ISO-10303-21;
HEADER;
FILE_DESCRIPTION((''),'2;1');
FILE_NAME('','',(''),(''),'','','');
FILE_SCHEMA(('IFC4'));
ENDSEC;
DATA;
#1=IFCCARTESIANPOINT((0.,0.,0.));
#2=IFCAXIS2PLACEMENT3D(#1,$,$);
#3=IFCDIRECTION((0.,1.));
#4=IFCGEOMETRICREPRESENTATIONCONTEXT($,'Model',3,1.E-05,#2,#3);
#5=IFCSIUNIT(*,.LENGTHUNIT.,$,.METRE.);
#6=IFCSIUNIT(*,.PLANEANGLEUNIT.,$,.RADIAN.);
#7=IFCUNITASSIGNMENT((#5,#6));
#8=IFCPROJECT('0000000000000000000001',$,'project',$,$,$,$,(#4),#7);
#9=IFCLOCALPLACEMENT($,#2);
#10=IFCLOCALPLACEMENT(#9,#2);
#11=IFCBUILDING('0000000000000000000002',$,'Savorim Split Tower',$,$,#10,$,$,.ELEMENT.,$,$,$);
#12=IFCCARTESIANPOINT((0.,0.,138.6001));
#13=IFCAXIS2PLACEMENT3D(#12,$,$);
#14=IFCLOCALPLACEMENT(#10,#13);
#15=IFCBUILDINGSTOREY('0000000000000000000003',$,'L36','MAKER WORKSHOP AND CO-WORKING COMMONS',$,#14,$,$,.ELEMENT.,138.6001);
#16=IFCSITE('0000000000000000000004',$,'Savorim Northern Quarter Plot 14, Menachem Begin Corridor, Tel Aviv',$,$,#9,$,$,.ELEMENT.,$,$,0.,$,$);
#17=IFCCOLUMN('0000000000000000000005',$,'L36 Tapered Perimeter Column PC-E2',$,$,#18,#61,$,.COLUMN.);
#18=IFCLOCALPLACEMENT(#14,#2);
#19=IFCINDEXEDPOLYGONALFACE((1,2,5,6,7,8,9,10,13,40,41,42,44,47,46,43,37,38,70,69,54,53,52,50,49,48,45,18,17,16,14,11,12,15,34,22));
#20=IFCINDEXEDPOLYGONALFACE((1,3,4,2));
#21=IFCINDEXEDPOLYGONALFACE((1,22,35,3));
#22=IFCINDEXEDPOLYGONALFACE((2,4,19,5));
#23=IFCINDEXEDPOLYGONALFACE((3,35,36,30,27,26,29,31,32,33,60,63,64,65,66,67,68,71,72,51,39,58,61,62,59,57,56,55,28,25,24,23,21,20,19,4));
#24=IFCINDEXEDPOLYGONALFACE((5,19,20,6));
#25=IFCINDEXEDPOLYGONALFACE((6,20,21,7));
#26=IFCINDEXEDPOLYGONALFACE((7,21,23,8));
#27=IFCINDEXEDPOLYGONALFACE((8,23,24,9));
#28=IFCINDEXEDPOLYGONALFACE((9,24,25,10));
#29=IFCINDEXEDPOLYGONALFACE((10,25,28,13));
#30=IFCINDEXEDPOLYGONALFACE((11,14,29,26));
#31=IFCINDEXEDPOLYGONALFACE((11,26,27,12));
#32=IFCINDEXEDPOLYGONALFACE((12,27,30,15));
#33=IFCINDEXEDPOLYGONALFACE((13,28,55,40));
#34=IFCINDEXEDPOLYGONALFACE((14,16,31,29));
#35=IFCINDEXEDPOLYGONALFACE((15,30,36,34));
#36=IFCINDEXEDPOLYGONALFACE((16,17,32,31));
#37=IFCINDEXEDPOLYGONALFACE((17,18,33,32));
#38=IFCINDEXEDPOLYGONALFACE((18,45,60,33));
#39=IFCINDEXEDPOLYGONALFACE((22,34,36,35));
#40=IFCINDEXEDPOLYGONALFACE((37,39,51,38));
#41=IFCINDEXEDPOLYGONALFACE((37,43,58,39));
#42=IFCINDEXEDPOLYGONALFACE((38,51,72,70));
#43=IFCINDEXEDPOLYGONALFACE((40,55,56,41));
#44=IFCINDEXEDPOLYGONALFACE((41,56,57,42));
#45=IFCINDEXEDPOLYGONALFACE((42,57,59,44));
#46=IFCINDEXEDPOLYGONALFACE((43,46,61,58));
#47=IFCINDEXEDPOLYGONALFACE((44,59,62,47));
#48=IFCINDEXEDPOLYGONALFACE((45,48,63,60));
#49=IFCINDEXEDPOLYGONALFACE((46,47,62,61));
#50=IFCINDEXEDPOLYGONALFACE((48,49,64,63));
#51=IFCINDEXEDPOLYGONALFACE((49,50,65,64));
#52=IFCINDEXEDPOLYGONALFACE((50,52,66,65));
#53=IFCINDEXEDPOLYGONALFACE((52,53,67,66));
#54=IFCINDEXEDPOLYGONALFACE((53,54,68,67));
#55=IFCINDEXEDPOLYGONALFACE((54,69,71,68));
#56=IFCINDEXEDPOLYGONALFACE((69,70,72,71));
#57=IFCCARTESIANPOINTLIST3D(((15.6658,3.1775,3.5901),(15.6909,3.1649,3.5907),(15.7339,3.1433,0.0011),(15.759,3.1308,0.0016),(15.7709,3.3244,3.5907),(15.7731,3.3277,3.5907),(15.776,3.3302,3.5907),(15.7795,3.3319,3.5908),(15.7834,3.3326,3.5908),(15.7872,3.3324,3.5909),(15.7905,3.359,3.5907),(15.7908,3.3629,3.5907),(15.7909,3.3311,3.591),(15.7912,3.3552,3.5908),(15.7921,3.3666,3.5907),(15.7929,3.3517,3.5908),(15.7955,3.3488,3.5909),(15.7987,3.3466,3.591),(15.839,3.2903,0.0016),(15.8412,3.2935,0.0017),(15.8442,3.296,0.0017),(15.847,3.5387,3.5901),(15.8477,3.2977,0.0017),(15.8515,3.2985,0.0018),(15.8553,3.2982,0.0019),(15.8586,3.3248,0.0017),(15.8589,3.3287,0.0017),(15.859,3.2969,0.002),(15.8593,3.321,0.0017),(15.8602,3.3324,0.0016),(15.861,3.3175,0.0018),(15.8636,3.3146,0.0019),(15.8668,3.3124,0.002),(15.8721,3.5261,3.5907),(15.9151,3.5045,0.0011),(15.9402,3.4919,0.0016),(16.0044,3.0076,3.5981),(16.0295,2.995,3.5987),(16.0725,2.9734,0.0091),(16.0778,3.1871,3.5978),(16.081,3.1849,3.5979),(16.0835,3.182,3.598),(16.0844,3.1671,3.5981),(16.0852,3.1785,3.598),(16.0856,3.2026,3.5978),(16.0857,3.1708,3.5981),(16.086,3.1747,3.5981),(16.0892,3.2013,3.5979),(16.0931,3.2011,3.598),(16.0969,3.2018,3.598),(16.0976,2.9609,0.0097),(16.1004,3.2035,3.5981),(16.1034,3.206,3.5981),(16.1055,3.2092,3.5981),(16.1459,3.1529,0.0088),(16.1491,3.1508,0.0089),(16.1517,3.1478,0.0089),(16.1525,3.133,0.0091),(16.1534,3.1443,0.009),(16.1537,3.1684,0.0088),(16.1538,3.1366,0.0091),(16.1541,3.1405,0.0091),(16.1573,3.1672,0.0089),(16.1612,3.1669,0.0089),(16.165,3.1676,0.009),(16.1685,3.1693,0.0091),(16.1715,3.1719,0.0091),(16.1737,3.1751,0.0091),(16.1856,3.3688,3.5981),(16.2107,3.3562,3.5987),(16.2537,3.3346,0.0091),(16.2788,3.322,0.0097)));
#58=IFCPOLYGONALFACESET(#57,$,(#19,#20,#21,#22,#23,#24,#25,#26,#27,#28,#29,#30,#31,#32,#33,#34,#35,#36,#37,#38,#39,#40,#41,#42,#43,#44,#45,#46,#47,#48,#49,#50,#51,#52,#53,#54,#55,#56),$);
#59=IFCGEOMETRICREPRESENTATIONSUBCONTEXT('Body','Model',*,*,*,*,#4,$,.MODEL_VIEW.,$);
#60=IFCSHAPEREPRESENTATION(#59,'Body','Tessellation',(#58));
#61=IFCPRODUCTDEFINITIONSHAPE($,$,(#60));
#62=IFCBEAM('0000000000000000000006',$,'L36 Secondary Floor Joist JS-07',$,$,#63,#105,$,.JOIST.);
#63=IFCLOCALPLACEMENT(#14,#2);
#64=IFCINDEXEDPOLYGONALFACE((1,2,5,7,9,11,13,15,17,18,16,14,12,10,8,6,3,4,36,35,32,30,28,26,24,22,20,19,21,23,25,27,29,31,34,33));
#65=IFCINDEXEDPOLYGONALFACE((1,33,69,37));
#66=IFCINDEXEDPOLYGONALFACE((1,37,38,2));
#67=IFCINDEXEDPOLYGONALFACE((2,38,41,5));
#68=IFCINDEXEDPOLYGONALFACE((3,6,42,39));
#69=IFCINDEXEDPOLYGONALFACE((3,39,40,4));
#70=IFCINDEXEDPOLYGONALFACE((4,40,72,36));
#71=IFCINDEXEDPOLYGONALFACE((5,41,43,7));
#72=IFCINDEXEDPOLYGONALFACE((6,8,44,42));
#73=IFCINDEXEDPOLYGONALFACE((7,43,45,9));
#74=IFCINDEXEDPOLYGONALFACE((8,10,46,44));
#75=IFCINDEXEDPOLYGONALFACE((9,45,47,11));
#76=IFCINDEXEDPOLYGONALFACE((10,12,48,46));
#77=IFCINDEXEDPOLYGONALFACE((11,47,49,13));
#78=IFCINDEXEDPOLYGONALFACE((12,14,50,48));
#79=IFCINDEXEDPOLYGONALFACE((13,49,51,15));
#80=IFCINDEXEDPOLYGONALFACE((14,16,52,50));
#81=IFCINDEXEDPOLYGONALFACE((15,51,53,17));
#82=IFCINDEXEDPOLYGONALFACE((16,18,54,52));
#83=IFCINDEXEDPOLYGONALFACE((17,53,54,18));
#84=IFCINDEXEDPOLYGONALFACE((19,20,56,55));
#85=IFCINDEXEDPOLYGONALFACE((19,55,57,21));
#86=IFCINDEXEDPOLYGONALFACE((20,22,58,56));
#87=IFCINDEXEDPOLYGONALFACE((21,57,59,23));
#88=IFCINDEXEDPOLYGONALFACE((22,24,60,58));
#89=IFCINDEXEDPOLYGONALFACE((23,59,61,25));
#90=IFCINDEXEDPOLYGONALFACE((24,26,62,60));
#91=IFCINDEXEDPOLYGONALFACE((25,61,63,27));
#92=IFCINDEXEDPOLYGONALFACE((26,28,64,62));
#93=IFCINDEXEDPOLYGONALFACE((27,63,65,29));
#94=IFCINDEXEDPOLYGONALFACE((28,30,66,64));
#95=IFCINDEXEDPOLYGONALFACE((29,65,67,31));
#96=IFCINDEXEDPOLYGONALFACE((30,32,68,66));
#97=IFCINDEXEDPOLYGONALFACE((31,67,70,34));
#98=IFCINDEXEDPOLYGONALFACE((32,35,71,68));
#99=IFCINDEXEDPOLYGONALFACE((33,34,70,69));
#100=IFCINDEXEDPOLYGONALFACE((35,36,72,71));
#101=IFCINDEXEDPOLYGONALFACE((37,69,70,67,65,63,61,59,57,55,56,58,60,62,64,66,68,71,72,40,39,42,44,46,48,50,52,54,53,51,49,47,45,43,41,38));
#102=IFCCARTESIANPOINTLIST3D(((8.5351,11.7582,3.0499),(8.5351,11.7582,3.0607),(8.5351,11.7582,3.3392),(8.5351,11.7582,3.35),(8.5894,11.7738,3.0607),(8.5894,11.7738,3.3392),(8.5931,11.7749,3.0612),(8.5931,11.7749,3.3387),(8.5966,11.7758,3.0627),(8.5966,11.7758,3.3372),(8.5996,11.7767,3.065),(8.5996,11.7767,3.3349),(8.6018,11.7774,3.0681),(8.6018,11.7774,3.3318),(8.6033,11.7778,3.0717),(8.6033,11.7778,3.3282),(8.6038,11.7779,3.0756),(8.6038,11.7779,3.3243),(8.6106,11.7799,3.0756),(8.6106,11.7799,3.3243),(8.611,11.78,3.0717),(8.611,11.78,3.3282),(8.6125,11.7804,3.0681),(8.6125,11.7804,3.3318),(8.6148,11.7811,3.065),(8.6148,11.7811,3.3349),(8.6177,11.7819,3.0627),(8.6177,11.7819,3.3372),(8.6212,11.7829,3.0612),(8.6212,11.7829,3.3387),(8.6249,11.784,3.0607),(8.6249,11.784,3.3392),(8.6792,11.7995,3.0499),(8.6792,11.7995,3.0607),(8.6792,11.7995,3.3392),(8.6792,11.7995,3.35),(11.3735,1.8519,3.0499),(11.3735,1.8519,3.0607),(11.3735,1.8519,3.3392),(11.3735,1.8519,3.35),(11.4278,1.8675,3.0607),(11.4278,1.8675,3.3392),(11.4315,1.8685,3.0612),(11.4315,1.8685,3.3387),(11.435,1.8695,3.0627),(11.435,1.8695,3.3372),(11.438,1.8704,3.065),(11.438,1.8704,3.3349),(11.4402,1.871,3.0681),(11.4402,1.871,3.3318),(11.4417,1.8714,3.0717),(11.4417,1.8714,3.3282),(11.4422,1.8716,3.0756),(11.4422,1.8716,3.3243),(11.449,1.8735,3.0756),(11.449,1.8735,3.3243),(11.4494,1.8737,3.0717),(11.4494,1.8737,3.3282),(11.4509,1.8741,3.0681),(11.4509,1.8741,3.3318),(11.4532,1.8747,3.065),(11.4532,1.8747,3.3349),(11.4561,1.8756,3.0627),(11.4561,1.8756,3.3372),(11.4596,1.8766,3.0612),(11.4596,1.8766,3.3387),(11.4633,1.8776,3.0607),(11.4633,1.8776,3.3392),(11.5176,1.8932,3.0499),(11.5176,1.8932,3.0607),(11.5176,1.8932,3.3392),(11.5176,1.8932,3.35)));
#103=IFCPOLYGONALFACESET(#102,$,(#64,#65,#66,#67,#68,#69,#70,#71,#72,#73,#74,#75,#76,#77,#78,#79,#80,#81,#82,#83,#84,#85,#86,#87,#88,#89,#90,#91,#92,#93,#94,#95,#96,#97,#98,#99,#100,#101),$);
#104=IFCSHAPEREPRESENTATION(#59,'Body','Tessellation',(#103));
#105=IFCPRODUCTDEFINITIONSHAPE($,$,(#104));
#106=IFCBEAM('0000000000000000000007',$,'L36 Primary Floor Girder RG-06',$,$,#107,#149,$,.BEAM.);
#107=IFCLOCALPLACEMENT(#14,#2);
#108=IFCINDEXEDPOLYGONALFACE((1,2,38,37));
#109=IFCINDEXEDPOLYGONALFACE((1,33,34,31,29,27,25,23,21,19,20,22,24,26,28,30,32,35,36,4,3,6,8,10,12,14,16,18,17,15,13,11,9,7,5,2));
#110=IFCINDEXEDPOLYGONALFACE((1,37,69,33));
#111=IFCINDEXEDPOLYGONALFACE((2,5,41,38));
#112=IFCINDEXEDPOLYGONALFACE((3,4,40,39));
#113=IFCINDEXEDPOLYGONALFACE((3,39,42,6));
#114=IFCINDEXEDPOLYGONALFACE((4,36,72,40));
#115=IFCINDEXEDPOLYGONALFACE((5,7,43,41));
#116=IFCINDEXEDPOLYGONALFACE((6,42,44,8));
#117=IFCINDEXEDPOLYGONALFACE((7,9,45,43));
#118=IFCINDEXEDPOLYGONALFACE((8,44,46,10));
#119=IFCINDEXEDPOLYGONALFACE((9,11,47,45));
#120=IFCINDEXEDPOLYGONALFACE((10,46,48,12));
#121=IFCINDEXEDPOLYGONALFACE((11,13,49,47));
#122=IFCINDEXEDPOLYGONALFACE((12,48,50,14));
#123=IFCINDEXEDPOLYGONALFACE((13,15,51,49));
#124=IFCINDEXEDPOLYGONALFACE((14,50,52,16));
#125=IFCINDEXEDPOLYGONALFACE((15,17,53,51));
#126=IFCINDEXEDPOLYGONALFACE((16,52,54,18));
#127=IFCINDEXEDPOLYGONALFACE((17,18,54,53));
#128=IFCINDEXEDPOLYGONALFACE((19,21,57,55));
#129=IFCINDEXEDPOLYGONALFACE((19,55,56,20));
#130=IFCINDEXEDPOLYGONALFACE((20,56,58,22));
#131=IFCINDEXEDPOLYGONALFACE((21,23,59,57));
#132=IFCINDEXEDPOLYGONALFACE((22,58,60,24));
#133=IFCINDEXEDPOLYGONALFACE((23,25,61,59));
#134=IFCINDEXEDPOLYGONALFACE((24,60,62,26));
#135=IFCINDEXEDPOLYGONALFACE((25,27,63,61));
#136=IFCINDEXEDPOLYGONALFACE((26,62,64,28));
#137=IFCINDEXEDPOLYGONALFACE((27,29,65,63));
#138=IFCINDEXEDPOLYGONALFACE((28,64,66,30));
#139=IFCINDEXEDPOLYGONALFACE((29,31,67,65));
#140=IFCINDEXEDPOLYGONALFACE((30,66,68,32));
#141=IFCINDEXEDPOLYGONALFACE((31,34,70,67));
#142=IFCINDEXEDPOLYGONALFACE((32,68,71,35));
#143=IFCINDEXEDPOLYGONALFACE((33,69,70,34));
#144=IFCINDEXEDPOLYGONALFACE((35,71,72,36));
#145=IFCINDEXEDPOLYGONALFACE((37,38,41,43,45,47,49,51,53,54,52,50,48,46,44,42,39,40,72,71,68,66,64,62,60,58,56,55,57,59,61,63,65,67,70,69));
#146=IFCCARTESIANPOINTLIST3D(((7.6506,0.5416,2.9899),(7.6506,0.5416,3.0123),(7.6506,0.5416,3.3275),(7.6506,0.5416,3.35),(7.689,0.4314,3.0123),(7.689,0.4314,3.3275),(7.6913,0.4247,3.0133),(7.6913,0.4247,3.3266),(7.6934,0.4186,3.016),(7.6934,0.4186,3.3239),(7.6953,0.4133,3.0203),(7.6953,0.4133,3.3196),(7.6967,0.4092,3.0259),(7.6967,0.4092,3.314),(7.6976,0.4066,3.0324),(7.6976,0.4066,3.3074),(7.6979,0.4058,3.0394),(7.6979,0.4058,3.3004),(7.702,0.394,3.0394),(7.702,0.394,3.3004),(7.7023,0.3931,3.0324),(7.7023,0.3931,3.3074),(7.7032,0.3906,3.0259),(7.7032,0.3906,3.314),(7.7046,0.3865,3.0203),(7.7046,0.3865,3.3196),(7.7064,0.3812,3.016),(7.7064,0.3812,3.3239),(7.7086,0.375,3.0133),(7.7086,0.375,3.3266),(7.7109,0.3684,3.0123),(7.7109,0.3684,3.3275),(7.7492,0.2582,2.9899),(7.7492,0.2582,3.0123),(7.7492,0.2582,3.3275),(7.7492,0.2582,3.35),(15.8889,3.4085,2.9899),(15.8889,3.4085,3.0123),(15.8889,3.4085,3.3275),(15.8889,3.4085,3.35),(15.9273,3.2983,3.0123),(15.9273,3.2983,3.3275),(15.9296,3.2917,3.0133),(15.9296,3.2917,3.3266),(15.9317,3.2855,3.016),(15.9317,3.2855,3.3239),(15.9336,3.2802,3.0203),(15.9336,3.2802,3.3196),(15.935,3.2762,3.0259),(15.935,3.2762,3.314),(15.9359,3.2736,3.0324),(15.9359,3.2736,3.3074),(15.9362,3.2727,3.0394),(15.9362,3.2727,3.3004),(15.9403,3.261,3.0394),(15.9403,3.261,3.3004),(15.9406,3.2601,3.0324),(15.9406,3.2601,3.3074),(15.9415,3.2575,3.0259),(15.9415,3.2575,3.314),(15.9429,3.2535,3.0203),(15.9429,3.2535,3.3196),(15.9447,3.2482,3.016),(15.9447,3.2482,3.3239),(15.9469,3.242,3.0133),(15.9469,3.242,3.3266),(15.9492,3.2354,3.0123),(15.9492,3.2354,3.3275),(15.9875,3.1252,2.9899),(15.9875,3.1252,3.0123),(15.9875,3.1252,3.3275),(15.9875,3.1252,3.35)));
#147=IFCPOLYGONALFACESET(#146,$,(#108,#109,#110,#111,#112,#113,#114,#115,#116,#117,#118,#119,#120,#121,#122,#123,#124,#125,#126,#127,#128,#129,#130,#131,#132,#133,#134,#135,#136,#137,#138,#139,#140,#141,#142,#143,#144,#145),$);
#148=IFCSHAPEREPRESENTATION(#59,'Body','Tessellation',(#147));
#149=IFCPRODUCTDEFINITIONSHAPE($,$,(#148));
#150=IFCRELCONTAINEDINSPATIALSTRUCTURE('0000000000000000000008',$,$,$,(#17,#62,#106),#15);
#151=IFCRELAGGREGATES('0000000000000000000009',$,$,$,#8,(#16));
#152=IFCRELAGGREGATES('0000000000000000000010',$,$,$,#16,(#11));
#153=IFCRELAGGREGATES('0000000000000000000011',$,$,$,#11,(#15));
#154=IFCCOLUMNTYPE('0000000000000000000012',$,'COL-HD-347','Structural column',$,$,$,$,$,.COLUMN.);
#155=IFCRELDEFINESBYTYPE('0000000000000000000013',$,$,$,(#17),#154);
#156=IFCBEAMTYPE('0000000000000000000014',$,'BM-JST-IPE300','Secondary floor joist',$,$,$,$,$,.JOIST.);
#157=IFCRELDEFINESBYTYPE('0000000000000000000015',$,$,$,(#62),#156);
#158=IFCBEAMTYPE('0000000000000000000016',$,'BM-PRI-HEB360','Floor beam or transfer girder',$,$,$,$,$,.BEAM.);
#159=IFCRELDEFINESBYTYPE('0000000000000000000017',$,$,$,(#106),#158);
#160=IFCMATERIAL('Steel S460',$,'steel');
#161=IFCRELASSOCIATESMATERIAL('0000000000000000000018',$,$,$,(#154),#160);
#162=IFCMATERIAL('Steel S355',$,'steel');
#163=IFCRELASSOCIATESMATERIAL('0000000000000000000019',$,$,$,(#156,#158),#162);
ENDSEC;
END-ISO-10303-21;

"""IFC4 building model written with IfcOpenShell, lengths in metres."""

from ifc_helpers import new_model, si_unit, direction, frame, origin, origin_2d, place, context, subcontext, project, spatial, i_section, extrude, material, material_profile, profile_set, type_object, element, save


model = new_model("IFC4")

# Units and contexts
model_context = context("Model", 3, precision=1e-05, world=origin(), true_north=direction((0.0, 1.0)))
body_context = subcontext(model_context, "Body", "Model", "MODEL_VIEW")
ifc_project = project(units=[si_unit("LENGTHUNIT", "METRE"), si_unit("PLANEANGLEUNIT", "RADIAN")], contexts=[model_context])

# Site, building, storey
site_placement = place(None, origin())
site = spatial("IfcSite", under=ifc_project, at=site_placement, Name="Savorim Northern Quarter Plot 14, Menachem Begin Corridor, Tel Aviv", CompositionType="ELEMENT", RefElevation=0.0)
building_placement = place(site_placement, origin())
building = spatial("IfcBuilding", under=site, at=building_placement, Name="Savorim Split Tower", CompositionType="ELEMENT")
storey_placement = place(building_placement, frame((0.0, 0.0, 138.6001)))
storey = spatial("IfcBuildingStorey", under=building, at=storey_placement, Name="L36", Description="MAKER WORKSHOP AND CO-WORKING COMMONS", CompositionType="ELEMENT", Elevation=138.6001)

# Column
ifc_material_1 = material(Name="Steel S460", Category="steel")
ifc_material_profile_1 = material_profile(ifc_material_1, i_section(OverallWidth=0.4041, OverallDepth=0.407, WebThickness=0.0173, FlangeThickness=0.0281, FilletRadius=0.0149, at=origin_2d()), Name="HD 400x347")
ifc_profile_set_1 = profile_set([ifc_material_profile_1], Name="Steel S460")
column_type = type_object("IfcColumnType", Name="COL-HD-347", Description="Structural column", PredefinedType="COLUMN", material=ifc_profile_set_1)
column_placement = place(storey_placement, frame((16.0063, 3.2327, 0.0054), z_axis=(-0.018974, 0.009521, 0.999775), x_axis=(-0.448495, -0.893786, 0.0)))
element("IfcColumn", 1, at=column_placement, inside=storey, type_object=column_type, Name="L36 Tapered Perimeter Column PC-E2", PredefinedType="COLUMN", context=body_context, shape_type="SweptSolid", body=[
    extrude(i_section(OverallWidth=0.4041, OverallDepth=0.407, WebThickness=0.0173, FlangeThickness=0.0281, FilletRadius=0.0149, at=origin_2d()), origin(), (0.0, 0.0, 1.0), 3.5898),
])

# Beams
ifc_material_2 = material(Name="Steel S355", Category="steel")
ifc_material_profile_2 = material_profile(ifc_material_2, i_section(OverallWidth=0.1499, OverallDepth=0.3, WebThickness=0.0071, FlangeThickness=0.0107, FilletRadius=0.0149, at=origin_2d()), Name="IPE 300")
ifc_profile_set_2 = profile_set([ifc_material_profile_2], Name="Steel S355")
beam_type_1 = type_object("IfcBeamType", Name="BM-JST-IPE300", Description="Secondary floor joist", PredefinedType="JOIST", material=ifc_profile_set_2)
beam_1_placement = place(storey_placement, frame((11.4456, 1.8726, 3.2), z_axis=(-0.275441, 0.961318, 0.0), x_axis=(-0.961318, -0.275441, 0.0)))
element("IfcBeam", 2, at=beam_1_placement, inside=storey, type_object=beam_type_1, Name="L36 Secondary Floor Joist JS-07", PredefinedType="JOIST", context=body_context, shape_type="SweptSolid", body=[
    extrude(i_section(OverallWidth=0.1499, OverallDepth=0.3, WebThickness=0.0071, FlangeThickness=0.0107, FilletRadius=0.0149, at=origin_2d()), origin(), (0.0, 0.0, 1.0), 10.3049),
])
ifc_material_profile_3 = material_profile(ifc_material_2, i_section(OverallWidth=0.3, OverallDepth=0.3601, WebThickness=0.0125, FlangeThickness=0.0225, FilletRadius=0.0271, at=origin_2d()), Name="HEB 360")
ifc_profile_set_3 = profile_set([ifc_material_profile_3], Name="Steel S355")
beam_type_2 = type_object("IfcBeamType", Name="BM-PRI-HEB360", Description="Floor beam or transfer girder", PredefinedType="BEAM", material=ifc_profile_set_3)
beam_2_placement = place(storey_placement, frame((15.9382, 3.2668, 3.1699), z_axis=(-0.944445, -0.328669, 0.0), x_axis=(0.328669, -0.944445, 0.0)))
element("IfcBeam", 3, at=beam_2_placement, inside=storey, type_object=beam_type_2, Name="L36 Primary Floor Girder RG-06", PredefinedType="BEAM", context=body_context, shape_type="SweptSolid", body=[
    extrude(i_section(OverallWidth=0.3, OverallDepth=0.3601, WebThickness=0.0125, FlangeThickness=0.0225, FilletRadius=0.0271, at=origin_2d()), origin(), (0.0, 0.0, 1.0), 8.7229),
])

save(model, "model.ifc")
